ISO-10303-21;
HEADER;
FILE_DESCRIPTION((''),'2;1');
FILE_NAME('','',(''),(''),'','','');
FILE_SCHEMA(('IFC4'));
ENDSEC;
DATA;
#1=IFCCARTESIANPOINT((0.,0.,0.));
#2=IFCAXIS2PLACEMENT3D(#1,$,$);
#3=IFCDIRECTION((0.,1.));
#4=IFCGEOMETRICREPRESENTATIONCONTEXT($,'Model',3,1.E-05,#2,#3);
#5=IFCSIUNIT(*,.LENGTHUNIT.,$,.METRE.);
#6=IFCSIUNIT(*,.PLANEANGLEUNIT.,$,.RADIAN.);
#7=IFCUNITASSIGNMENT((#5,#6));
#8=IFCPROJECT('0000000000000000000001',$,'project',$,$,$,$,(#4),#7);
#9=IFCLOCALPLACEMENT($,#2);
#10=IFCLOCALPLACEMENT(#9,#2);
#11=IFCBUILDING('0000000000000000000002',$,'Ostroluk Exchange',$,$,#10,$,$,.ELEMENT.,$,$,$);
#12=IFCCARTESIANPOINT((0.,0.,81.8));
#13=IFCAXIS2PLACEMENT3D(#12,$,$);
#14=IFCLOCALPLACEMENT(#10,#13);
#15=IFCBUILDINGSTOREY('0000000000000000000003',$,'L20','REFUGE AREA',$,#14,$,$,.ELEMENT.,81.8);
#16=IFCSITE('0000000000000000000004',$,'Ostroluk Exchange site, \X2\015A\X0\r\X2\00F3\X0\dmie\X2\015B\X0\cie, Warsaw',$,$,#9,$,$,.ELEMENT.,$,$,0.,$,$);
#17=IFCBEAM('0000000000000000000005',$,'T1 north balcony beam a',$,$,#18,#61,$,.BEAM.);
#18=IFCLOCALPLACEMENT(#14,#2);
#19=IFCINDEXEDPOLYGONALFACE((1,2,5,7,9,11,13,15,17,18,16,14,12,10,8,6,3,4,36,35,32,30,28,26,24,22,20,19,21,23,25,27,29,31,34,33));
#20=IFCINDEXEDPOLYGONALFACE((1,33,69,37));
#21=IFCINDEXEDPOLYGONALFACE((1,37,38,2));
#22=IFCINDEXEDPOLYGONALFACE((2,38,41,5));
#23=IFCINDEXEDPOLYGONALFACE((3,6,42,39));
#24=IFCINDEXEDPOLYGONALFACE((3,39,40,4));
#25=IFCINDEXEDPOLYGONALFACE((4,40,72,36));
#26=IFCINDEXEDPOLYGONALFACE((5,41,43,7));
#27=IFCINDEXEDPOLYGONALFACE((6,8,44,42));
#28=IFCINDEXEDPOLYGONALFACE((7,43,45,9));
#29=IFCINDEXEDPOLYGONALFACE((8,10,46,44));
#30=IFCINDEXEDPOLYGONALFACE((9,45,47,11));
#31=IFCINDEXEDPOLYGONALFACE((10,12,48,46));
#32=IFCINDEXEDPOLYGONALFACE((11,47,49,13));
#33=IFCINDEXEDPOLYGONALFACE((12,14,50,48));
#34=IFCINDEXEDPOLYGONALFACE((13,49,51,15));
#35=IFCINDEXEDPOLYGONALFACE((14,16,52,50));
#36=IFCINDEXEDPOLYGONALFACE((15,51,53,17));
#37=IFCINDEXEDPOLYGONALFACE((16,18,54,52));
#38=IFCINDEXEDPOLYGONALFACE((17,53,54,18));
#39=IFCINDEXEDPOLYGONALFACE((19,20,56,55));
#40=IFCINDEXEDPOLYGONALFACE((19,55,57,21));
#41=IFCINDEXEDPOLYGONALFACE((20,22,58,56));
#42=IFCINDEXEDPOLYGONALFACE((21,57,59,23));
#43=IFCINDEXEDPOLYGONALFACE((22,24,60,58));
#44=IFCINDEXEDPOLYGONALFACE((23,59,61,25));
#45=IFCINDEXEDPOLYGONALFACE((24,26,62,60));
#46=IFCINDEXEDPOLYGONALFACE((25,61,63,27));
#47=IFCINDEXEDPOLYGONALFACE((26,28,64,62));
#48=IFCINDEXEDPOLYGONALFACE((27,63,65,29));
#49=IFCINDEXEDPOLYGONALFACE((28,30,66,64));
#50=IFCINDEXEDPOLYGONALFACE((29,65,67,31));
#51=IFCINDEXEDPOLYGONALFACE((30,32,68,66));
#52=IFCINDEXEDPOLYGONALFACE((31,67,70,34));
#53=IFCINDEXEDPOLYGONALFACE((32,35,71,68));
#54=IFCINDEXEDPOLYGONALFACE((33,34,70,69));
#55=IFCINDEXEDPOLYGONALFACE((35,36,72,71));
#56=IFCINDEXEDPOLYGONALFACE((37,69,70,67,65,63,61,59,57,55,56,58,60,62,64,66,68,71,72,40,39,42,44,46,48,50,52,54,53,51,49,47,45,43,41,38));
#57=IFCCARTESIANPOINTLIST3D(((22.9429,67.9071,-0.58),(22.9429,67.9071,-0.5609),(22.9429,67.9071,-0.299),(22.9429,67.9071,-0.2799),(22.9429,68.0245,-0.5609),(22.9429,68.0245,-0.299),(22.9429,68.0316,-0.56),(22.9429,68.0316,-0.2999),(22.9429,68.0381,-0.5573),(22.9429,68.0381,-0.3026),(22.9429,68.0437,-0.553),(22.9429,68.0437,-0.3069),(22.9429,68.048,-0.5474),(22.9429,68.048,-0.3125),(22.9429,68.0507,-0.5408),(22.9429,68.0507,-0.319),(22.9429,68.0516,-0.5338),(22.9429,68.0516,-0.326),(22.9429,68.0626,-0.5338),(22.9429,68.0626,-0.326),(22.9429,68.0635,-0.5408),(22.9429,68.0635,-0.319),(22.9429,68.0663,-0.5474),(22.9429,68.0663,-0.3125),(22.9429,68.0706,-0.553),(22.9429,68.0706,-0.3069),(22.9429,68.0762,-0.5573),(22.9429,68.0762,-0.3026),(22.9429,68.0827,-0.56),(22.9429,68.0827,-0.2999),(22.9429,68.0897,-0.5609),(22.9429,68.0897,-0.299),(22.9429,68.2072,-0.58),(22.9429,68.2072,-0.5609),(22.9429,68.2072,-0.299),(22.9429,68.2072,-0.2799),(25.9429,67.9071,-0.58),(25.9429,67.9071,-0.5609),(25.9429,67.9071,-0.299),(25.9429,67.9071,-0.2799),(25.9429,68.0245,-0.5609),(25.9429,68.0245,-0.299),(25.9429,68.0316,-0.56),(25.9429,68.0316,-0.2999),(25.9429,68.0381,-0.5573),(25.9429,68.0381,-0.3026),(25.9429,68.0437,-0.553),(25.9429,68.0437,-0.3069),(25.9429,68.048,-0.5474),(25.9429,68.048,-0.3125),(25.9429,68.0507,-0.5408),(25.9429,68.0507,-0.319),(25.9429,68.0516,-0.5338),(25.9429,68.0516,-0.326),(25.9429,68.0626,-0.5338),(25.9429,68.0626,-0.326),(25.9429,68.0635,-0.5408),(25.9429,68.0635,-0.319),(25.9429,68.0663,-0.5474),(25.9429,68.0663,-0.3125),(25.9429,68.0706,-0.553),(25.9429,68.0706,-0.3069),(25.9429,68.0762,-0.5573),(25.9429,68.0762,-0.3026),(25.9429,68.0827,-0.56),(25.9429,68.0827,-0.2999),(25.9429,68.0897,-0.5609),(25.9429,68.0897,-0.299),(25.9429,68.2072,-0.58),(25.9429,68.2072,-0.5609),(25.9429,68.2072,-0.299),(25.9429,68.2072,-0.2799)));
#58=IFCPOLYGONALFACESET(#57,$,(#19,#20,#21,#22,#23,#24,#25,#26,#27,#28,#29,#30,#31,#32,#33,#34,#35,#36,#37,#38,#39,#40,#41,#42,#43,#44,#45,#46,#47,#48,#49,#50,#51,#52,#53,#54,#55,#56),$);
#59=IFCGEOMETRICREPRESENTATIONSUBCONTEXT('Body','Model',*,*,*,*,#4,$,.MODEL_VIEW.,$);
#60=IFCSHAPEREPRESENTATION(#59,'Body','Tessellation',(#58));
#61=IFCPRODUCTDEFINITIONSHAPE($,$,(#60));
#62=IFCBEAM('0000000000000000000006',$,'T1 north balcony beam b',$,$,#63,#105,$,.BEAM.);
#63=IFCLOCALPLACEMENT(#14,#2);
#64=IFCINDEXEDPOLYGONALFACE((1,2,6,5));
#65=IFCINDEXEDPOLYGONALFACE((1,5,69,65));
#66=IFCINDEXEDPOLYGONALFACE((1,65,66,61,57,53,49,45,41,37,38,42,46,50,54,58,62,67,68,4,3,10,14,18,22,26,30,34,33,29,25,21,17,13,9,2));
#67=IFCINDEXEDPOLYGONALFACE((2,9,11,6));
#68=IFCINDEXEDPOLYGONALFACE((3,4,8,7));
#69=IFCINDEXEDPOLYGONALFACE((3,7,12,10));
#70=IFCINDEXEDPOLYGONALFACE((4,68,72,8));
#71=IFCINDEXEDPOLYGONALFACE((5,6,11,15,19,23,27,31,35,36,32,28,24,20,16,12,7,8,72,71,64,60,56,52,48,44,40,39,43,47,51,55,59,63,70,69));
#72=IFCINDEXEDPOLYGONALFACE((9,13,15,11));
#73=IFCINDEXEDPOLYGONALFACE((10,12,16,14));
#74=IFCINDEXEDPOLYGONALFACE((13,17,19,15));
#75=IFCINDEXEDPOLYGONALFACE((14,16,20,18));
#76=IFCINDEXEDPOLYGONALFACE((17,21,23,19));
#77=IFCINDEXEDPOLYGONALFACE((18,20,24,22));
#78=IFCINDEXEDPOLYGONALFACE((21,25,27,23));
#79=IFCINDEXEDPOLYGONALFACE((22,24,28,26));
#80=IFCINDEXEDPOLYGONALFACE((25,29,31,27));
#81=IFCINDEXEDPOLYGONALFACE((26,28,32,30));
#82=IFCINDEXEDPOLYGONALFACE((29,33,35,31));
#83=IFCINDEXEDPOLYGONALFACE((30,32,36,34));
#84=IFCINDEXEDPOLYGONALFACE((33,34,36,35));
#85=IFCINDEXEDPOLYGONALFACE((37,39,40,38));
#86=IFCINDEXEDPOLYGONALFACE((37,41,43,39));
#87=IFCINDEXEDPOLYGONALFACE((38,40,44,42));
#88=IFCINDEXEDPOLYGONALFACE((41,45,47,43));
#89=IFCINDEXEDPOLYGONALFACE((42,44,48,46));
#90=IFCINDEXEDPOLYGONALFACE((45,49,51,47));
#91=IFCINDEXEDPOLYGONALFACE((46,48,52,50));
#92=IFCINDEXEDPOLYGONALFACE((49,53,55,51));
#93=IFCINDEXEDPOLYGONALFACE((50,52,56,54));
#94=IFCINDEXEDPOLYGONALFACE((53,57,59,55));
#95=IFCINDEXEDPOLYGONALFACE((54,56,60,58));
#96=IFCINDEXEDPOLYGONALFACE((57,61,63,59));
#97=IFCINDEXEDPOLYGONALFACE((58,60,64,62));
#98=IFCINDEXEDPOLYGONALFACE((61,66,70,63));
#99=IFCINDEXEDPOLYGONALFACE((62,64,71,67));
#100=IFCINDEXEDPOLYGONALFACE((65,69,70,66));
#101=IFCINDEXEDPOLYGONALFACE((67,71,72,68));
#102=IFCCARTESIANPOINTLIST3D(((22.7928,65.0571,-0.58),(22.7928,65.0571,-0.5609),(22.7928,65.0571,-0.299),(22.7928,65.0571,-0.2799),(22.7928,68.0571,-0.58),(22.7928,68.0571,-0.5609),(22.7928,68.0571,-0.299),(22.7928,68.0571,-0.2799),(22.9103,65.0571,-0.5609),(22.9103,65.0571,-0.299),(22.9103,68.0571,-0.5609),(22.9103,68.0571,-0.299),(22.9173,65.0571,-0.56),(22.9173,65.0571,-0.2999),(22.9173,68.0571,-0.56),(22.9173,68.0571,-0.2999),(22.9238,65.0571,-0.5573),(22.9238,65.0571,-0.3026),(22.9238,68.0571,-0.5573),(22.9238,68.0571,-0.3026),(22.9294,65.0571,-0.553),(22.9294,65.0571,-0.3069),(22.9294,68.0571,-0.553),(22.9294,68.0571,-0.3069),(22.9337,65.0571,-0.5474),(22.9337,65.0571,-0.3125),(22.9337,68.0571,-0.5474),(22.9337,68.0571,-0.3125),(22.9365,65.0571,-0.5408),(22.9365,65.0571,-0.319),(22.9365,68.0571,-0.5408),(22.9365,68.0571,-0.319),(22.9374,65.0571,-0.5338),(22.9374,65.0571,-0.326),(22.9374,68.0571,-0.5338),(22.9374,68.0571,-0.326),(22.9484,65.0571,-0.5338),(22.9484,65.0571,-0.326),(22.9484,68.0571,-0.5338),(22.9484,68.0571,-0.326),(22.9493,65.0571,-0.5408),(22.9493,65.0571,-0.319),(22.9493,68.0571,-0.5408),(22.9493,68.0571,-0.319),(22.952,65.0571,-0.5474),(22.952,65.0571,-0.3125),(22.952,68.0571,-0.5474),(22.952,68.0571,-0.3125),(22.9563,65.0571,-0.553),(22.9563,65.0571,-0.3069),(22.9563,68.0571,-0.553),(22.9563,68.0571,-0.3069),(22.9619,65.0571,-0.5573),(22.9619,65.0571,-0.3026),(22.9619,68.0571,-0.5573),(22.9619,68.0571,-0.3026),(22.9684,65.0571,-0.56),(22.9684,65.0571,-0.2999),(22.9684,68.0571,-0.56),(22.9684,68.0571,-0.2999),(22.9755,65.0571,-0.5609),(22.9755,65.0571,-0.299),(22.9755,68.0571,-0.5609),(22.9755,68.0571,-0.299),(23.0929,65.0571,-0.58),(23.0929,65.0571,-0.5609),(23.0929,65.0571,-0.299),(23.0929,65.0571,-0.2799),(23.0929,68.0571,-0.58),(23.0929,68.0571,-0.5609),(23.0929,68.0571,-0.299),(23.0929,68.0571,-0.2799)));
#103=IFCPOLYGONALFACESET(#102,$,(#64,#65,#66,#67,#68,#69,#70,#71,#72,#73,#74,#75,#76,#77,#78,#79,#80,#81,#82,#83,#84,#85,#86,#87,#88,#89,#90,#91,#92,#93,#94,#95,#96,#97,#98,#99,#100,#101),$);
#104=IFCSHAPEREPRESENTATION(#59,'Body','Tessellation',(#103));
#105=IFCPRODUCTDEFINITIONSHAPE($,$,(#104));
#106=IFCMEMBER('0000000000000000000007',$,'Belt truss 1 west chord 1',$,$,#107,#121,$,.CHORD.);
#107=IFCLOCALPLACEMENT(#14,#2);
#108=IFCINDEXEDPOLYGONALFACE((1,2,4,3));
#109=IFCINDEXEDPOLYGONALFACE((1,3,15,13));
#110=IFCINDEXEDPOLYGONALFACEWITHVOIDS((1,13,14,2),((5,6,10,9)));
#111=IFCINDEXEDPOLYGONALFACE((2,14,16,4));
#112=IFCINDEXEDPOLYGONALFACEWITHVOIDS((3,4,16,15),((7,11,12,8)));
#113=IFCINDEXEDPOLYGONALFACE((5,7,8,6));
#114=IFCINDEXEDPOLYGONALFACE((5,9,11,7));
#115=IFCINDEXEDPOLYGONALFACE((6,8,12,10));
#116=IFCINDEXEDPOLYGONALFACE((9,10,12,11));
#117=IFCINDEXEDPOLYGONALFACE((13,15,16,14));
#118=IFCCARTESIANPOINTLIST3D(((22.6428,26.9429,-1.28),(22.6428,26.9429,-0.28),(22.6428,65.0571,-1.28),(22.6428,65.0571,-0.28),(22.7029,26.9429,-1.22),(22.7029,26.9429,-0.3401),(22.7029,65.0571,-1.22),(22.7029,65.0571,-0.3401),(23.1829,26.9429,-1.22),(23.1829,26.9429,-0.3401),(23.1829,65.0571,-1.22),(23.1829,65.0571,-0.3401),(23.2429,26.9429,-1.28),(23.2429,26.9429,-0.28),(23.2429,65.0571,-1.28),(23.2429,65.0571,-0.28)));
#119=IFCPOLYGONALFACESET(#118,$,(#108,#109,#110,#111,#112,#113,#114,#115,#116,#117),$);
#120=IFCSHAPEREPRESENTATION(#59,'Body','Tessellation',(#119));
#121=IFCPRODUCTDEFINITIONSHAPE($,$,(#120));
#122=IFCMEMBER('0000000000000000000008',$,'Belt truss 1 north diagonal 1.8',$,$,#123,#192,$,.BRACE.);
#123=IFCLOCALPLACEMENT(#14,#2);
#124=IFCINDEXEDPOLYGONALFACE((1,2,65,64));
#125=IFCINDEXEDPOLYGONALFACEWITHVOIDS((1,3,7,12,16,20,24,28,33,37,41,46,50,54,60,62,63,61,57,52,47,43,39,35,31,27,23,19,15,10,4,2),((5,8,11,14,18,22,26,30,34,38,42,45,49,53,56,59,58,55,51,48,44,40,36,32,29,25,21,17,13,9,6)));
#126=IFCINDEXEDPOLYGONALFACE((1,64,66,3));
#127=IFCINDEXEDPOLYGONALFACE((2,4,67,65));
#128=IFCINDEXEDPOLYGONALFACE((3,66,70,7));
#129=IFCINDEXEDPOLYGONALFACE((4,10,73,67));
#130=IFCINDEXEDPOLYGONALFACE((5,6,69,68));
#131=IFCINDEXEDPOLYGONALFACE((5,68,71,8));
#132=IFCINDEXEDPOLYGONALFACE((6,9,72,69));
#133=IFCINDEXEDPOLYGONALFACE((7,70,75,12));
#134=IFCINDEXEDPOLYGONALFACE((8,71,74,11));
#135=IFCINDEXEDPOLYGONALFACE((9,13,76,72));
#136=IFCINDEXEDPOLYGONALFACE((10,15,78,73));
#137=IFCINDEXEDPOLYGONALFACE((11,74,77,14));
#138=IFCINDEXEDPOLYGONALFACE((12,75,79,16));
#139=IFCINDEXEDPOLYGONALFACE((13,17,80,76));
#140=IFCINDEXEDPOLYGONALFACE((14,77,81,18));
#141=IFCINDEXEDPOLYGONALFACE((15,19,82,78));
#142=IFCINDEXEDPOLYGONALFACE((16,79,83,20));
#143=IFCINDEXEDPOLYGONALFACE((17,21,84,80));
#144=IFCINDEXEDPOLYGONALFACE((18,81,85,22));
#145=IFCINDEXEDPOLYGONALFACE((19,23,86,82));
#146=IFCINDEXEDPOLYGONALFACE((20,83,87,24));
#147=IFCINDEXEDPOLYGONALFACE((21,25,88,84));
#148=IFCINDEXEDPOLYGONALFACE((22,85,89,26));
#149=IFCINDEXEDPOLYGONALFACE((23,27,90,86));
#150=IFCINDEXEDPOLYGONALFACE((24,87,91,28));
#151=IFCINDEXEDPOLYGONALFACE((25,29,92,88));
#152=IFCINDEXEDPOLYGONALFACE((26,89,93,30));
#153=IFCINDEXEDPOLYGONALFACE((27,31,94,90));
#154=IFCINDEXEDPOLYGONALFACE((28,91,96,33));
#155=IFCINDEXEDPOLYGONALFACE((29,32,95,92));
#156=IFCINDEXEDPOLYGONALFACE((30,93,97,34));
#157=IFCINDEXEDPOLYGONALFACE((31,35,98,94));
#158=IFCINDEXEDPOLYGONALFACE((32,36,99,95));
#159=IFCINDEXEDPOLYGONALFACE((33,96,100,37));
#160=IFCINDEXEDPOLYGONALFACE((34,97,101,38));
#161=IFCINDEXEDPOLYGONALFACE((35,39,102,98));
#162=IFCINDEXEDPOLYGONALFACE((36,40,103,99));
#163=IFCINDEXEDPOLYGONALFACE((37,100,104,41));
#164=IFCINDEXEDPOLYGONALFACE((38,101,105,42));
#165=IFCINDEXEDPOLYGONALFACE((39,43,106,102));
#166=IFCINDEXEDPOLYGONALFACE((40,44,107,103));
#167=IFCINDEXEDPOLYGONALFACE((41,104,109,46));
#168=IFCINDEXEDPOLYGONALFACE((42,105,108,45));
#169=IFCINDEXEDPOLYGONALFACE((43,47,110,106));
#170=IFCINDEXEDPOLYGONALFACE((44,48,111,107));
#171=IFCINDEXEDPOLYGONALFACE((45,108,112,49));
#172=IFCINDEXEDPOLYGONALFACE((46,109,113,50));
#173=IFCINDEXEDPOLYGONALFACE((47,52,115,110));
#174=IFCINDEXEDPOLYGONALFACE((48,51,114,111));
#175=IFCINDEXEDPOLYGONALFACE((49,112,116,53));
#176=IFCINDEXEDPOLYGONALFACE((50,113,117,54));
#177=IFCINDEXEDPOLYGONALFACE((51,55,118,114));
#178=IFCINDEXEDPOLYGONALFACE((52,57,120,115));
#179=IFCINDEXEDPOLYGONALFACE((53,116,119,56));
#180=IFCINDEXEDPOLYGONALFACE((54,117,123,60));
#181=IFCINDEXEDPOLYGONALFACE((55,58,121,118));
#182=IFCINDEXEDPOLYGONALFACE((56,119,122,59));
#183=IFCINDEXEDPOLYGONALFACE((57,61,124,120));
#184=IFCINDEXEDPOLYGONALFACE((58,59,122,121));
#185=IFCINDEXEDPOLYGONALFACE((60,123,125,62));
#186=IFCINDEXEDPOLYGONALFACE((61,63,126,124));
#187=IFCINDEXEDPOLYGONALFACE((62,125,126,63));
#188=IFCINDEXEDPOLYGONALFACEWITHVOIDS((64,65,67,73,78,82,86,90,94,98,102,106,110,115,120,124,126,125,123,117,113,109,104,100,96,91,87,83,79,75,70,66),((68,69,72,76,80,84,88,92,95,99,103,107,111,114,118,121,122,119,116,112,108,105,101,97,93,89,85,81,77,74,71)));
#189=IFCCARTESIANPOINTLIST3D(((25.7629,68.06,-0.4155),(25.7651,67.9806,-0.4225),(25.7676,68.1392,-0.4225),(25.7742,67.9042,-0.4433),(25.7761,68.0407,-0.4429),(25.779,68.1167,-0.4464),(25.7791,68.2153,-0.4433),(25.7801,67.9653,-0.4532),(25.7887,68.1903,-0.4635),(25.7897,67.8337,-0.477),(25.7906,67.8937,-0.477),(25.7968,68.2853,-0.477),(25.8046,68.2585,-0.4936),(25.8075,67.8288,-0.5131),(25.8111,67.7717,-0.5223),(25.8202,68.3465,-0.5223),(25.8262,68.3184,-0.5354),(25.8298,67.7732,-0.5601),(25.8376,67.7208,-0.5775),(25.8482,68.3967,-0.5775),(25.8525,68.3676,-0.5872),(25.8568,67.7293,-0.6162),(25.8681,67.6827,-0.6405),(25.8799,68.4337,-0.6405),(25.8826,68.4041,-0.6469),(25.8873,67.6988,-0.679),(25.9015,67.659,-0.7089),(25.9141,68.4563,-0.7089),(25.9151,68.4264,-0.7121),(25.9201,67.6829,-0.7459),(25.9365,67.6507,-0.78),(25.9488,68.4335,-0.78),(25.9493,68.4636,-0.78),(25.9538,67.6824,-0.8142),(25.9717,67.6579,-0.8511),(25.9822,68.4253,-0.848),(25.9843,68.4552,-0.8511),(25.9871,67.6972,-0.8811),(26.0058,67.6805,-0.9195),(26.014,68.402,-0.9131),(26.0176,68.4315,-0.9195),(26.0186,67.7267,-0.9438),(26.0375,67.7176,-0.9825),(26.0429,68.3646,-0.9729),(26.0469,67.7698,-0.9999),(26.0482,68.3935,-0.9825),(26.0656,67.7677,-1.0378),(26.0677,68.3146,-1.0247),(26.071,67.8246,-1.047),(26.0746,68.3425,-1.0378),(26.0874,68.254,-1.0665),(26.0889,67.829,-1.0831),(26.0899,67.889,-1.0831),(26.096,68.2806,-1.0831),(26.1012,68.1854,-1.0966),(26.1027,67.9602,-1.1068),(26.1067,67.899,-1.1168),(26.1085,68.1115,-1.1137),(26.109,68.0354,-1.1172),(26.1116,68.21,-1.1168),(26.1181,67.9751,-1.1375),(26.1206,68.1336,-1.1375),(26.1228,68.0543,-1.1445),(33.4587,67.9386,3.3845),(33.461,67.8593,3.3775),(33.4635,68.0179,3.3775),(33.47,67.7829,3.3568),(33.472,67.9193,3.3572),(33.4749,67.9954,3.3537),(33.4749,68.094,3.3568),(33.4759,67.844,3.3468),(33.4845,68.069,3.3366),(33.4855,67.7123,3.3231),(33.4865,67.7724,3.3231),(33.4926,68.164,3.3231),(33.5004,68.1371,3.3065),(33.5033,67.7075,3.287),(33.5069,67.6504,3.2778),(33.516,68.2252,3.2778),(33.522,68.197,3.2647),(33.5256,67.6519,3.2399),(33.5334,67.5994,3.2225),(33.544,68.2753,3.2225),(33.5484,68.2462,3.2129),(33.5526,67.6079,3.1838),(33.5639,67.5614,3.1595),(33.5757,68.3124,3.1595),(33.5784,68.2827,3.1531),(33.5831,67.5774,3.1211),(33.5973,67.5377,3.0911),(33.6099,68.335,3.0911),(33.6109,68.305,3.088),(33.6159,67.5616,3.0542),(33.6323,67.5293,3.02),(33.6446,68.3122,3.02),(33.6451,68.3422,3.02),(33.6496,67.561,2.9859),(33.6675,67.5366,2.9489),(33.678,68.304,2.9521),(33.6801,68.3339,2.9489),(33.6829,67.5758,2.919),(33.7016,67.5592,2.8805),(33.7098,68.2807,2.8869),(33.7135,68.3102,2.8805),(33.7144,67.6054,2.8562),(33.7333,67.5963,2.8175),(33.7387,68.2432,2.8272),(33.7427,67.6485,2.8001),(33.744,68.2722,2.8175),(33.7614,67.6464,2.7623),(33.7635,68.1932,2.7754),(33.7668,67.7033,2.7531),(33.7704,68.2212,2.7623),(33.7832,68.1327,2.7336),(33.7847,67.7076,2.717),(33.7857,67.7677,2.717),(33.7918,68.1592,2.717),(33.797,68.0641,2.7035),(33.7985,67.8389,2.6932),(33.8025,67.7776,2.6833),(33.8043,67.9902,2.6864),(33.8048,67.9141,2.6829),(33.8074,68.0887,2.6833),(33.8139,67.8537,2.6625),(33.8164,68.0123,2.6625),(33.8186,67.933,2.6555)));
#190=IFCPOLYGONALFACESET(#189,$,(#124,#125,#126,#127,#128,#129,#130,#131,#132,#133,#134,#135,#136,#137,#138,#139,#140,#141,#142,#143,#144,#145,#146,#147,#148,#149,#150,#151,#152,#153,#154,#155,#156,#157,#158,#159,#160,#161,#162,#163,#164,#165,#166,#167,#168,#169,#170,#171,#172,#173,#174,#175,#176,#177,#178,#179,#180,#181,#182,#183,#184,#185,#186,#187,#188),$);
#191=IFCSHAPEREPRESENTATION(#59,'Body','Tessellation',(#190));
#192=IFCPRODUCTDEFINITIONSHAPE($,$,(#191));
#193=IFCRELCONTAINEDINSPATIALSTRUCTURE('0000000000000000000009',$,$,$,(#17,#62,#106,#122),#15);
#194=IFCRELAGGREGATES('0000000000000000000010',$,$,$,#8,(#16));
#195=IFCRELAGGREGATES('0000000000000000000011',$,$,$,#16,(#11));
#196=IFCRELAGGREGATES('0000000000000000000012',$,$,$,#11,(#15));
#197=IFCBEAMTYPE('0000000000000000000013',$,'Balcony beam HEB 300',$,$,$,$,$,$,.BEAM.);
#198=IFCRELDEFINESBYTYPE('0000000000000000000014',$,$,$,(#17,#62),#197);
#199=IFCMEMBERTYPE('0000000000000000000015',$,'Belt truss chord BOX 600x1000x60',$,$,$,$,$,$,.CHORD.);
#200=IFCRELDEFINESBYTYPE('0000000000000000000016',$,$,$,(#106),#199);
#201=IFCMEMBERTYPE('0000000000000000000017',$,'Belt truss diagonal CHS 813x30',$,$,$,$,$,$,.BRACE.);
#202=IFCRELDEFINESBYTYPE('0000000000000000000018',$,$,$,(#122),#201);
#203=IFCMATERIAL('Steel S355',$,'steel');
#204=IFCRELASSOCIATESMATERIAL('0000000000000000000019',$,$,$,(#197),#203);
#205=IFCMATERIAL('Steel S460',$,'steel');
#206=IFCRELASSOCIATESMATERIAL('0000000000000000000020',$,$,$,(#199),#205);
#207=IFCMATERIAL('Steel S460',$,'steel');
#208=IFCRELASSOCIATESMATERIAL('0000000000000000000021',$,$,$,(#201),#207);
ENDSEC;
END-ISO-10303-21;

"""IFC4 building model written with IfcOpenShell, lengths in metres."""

from ifc_helpers import new_model, si_unit, direction, frame, origin, origin_2d, place, context, subcontext, project, spatial, hollow_rectangle, hollow_circle, i_section, extrude, material, material_profile, profile_set, type_object, element, save


model = new_model("IFC4")

# Units and contexts
model_context = context("Model", 3, precision=1e-05, world=origin(), true_north=direction((0.0, 1.0)))
body_context = subcontext(model_context, "Body", "Model", "MODEL_VIEW")
ifc_project = project(units=[si_unit("LENGTHUNIT", "METRE"), si_unit("PLANEANGLEUNIT", "RADIAN")], contexts=[model_context])

# Site, building, storey
site_placement = place(None, origin())
site = spatial("IfcSite", under=ifc_project, at=site_placement, Name="Ostroluk Exchange site, Śródmieście, Warsaw", CompositionType="ELEMENT", RefElevation=0.0)
building_placement = place(site_placement, origin())
building = spatial("IfcBuilding", under=site, at=building_placement, Name="Ostroluk Exchange", CompositionType="ELEMENT")
storey_placement = place(building_placement, frame((0.0, 0.0, 81.8)))
storey = spatial("IfcBuildingStorey", under=building, at=storey_placement, Name="L20", Description="REFUGE AREA", CompositionType="ELEMENT", Elevation=81.8)

# Beams
ifc_material_1 = material(Name="Steel S355", Category="steel")
ifc_material_profile_1 = material_profile(ifc_material_1, i_section(OverallWidth=0.3, OverallDepth=0.3, WebThickness=0.011, FlangeThickness=0.019, FilletRadius=0.0271, at=origin_2d()), Name="HEB 300")
ifc_profile_set_1 = profile_set([ifc_material_profile_1], Name="Steel S355")
beam_type = type_object("IfcBeamType", Name="Balcony beam HEB 300", PredefinedType="BEAM", material=ifc_profile_set_1)
for number, where, z_axis, x_axis, name in (
    (1, (25.9429, 68.0571, -0.4299), (-1.0, 0.0, 0.0), (0.0, -1.0, 0.0), "T1 north balcony beam a"),
    (2, (22.9429, 65.0571, -0.4299), (0.0, 1.0, 0.0), (-1.0, 0.0, 0.0), "T1 north balcony beam b"),
):
    element("IfcBeam", number, at=place(storey_placement, frame(where, z_axis=z_axis, x_axis=x_axis)), inside=storey, type_object=beam_type, Name=name, PredefinedType="BEAM", context=body_context, shape_type="SweptSolid", body=[
        extrude(i_section(OverallWidth=0.3, OverallDepth=0.3, WebThickness=0.011, FlangeThickness=0.019, FilletRadius=0.0271, at=origin_2d()), origin(), (0.0, 0.0, 1.0), 3.0),
    ])

# Members
ifc_material_2 = material(Name="Steel S460", Category="steel")
ifc_material_profile_2 = material_profile(ifc_material_2, hollow_rectangle(XDim=0.6001, YDim=1.0, WallThickness=0.0601, at=origin_2d()), Name="BOX 600x1000x60")
ifc_profile_set_2 = profile_set([ifc_material_profile_2], Name="Steel S460")
member_type_1 = type_object("IfcMemberType", Name="Belt truss chord BOX 600x1000x60", PredefinedType="CHORD", material=ifc_profile_set_2)
member_1_placement = place(storey_placement, frame((22.9429, 65.0571, -0.78), z_axis=(0.0, -1.0, 0.0), x_axis=(1.0, 0.0, 0.0)))
element("IfcMember", 3, at=member_1_placement, inside=storey, type_object=member_type_1, Name="Belt truss 1 west chord 1", PredefinedType="CHORD", context=body_context, shape_type="SweptSolid", body=[
    extrude(hollow_rectangle(XDim=0.6001, YDim=1.0, WallThickness=0.0601, at=origin_2d()), origin(), (0.0, 0.0, 1.0), 38.1143),
])
ifc_material_3 = material(Name="Steel S460", Category="steel")
ifc_material_profile_3 = material_profile(ifc_material_3, hollow_circle(Radius=0.4065, WallThickness=0.03, at=origin_2d()), Name="CHS 813x30")
ifc_profile_set_3 = profile_set([ifc_material_profile_3], Name="Steel S460")
member_type_2 = type_object("IfcMemberType", Name="Belt truss diagonal CHS 813x30", PredefinedType="BRACE", material=ifc_profile_set_3)
for number, where, z_axis, x_axis, name in (
    (4, (25.9429, 68.0571, -0.78), (0.896557, -0.014136, 0.442704), (0.015765, 0.999876, 0.0), "Belt truss 1 north diagonal 1.8"),
):
    element("IfcMember", number, at=place(storey_placement, frame(where, z_axis=z_axis, x_axis=x_axis)), inside=storey, type_object=member_type_2, Name=name, PredefinedType="BRACE", context=body_context, shape_type="SweptSolid", body=[
        extrude(hollow_circle(Radius=0.4065, WallThickness=0.03, at=origin_2d()), origin(), (0.0, 0.0, 1.0), 8.5837),
    ])

save(model, "model.ifc")
